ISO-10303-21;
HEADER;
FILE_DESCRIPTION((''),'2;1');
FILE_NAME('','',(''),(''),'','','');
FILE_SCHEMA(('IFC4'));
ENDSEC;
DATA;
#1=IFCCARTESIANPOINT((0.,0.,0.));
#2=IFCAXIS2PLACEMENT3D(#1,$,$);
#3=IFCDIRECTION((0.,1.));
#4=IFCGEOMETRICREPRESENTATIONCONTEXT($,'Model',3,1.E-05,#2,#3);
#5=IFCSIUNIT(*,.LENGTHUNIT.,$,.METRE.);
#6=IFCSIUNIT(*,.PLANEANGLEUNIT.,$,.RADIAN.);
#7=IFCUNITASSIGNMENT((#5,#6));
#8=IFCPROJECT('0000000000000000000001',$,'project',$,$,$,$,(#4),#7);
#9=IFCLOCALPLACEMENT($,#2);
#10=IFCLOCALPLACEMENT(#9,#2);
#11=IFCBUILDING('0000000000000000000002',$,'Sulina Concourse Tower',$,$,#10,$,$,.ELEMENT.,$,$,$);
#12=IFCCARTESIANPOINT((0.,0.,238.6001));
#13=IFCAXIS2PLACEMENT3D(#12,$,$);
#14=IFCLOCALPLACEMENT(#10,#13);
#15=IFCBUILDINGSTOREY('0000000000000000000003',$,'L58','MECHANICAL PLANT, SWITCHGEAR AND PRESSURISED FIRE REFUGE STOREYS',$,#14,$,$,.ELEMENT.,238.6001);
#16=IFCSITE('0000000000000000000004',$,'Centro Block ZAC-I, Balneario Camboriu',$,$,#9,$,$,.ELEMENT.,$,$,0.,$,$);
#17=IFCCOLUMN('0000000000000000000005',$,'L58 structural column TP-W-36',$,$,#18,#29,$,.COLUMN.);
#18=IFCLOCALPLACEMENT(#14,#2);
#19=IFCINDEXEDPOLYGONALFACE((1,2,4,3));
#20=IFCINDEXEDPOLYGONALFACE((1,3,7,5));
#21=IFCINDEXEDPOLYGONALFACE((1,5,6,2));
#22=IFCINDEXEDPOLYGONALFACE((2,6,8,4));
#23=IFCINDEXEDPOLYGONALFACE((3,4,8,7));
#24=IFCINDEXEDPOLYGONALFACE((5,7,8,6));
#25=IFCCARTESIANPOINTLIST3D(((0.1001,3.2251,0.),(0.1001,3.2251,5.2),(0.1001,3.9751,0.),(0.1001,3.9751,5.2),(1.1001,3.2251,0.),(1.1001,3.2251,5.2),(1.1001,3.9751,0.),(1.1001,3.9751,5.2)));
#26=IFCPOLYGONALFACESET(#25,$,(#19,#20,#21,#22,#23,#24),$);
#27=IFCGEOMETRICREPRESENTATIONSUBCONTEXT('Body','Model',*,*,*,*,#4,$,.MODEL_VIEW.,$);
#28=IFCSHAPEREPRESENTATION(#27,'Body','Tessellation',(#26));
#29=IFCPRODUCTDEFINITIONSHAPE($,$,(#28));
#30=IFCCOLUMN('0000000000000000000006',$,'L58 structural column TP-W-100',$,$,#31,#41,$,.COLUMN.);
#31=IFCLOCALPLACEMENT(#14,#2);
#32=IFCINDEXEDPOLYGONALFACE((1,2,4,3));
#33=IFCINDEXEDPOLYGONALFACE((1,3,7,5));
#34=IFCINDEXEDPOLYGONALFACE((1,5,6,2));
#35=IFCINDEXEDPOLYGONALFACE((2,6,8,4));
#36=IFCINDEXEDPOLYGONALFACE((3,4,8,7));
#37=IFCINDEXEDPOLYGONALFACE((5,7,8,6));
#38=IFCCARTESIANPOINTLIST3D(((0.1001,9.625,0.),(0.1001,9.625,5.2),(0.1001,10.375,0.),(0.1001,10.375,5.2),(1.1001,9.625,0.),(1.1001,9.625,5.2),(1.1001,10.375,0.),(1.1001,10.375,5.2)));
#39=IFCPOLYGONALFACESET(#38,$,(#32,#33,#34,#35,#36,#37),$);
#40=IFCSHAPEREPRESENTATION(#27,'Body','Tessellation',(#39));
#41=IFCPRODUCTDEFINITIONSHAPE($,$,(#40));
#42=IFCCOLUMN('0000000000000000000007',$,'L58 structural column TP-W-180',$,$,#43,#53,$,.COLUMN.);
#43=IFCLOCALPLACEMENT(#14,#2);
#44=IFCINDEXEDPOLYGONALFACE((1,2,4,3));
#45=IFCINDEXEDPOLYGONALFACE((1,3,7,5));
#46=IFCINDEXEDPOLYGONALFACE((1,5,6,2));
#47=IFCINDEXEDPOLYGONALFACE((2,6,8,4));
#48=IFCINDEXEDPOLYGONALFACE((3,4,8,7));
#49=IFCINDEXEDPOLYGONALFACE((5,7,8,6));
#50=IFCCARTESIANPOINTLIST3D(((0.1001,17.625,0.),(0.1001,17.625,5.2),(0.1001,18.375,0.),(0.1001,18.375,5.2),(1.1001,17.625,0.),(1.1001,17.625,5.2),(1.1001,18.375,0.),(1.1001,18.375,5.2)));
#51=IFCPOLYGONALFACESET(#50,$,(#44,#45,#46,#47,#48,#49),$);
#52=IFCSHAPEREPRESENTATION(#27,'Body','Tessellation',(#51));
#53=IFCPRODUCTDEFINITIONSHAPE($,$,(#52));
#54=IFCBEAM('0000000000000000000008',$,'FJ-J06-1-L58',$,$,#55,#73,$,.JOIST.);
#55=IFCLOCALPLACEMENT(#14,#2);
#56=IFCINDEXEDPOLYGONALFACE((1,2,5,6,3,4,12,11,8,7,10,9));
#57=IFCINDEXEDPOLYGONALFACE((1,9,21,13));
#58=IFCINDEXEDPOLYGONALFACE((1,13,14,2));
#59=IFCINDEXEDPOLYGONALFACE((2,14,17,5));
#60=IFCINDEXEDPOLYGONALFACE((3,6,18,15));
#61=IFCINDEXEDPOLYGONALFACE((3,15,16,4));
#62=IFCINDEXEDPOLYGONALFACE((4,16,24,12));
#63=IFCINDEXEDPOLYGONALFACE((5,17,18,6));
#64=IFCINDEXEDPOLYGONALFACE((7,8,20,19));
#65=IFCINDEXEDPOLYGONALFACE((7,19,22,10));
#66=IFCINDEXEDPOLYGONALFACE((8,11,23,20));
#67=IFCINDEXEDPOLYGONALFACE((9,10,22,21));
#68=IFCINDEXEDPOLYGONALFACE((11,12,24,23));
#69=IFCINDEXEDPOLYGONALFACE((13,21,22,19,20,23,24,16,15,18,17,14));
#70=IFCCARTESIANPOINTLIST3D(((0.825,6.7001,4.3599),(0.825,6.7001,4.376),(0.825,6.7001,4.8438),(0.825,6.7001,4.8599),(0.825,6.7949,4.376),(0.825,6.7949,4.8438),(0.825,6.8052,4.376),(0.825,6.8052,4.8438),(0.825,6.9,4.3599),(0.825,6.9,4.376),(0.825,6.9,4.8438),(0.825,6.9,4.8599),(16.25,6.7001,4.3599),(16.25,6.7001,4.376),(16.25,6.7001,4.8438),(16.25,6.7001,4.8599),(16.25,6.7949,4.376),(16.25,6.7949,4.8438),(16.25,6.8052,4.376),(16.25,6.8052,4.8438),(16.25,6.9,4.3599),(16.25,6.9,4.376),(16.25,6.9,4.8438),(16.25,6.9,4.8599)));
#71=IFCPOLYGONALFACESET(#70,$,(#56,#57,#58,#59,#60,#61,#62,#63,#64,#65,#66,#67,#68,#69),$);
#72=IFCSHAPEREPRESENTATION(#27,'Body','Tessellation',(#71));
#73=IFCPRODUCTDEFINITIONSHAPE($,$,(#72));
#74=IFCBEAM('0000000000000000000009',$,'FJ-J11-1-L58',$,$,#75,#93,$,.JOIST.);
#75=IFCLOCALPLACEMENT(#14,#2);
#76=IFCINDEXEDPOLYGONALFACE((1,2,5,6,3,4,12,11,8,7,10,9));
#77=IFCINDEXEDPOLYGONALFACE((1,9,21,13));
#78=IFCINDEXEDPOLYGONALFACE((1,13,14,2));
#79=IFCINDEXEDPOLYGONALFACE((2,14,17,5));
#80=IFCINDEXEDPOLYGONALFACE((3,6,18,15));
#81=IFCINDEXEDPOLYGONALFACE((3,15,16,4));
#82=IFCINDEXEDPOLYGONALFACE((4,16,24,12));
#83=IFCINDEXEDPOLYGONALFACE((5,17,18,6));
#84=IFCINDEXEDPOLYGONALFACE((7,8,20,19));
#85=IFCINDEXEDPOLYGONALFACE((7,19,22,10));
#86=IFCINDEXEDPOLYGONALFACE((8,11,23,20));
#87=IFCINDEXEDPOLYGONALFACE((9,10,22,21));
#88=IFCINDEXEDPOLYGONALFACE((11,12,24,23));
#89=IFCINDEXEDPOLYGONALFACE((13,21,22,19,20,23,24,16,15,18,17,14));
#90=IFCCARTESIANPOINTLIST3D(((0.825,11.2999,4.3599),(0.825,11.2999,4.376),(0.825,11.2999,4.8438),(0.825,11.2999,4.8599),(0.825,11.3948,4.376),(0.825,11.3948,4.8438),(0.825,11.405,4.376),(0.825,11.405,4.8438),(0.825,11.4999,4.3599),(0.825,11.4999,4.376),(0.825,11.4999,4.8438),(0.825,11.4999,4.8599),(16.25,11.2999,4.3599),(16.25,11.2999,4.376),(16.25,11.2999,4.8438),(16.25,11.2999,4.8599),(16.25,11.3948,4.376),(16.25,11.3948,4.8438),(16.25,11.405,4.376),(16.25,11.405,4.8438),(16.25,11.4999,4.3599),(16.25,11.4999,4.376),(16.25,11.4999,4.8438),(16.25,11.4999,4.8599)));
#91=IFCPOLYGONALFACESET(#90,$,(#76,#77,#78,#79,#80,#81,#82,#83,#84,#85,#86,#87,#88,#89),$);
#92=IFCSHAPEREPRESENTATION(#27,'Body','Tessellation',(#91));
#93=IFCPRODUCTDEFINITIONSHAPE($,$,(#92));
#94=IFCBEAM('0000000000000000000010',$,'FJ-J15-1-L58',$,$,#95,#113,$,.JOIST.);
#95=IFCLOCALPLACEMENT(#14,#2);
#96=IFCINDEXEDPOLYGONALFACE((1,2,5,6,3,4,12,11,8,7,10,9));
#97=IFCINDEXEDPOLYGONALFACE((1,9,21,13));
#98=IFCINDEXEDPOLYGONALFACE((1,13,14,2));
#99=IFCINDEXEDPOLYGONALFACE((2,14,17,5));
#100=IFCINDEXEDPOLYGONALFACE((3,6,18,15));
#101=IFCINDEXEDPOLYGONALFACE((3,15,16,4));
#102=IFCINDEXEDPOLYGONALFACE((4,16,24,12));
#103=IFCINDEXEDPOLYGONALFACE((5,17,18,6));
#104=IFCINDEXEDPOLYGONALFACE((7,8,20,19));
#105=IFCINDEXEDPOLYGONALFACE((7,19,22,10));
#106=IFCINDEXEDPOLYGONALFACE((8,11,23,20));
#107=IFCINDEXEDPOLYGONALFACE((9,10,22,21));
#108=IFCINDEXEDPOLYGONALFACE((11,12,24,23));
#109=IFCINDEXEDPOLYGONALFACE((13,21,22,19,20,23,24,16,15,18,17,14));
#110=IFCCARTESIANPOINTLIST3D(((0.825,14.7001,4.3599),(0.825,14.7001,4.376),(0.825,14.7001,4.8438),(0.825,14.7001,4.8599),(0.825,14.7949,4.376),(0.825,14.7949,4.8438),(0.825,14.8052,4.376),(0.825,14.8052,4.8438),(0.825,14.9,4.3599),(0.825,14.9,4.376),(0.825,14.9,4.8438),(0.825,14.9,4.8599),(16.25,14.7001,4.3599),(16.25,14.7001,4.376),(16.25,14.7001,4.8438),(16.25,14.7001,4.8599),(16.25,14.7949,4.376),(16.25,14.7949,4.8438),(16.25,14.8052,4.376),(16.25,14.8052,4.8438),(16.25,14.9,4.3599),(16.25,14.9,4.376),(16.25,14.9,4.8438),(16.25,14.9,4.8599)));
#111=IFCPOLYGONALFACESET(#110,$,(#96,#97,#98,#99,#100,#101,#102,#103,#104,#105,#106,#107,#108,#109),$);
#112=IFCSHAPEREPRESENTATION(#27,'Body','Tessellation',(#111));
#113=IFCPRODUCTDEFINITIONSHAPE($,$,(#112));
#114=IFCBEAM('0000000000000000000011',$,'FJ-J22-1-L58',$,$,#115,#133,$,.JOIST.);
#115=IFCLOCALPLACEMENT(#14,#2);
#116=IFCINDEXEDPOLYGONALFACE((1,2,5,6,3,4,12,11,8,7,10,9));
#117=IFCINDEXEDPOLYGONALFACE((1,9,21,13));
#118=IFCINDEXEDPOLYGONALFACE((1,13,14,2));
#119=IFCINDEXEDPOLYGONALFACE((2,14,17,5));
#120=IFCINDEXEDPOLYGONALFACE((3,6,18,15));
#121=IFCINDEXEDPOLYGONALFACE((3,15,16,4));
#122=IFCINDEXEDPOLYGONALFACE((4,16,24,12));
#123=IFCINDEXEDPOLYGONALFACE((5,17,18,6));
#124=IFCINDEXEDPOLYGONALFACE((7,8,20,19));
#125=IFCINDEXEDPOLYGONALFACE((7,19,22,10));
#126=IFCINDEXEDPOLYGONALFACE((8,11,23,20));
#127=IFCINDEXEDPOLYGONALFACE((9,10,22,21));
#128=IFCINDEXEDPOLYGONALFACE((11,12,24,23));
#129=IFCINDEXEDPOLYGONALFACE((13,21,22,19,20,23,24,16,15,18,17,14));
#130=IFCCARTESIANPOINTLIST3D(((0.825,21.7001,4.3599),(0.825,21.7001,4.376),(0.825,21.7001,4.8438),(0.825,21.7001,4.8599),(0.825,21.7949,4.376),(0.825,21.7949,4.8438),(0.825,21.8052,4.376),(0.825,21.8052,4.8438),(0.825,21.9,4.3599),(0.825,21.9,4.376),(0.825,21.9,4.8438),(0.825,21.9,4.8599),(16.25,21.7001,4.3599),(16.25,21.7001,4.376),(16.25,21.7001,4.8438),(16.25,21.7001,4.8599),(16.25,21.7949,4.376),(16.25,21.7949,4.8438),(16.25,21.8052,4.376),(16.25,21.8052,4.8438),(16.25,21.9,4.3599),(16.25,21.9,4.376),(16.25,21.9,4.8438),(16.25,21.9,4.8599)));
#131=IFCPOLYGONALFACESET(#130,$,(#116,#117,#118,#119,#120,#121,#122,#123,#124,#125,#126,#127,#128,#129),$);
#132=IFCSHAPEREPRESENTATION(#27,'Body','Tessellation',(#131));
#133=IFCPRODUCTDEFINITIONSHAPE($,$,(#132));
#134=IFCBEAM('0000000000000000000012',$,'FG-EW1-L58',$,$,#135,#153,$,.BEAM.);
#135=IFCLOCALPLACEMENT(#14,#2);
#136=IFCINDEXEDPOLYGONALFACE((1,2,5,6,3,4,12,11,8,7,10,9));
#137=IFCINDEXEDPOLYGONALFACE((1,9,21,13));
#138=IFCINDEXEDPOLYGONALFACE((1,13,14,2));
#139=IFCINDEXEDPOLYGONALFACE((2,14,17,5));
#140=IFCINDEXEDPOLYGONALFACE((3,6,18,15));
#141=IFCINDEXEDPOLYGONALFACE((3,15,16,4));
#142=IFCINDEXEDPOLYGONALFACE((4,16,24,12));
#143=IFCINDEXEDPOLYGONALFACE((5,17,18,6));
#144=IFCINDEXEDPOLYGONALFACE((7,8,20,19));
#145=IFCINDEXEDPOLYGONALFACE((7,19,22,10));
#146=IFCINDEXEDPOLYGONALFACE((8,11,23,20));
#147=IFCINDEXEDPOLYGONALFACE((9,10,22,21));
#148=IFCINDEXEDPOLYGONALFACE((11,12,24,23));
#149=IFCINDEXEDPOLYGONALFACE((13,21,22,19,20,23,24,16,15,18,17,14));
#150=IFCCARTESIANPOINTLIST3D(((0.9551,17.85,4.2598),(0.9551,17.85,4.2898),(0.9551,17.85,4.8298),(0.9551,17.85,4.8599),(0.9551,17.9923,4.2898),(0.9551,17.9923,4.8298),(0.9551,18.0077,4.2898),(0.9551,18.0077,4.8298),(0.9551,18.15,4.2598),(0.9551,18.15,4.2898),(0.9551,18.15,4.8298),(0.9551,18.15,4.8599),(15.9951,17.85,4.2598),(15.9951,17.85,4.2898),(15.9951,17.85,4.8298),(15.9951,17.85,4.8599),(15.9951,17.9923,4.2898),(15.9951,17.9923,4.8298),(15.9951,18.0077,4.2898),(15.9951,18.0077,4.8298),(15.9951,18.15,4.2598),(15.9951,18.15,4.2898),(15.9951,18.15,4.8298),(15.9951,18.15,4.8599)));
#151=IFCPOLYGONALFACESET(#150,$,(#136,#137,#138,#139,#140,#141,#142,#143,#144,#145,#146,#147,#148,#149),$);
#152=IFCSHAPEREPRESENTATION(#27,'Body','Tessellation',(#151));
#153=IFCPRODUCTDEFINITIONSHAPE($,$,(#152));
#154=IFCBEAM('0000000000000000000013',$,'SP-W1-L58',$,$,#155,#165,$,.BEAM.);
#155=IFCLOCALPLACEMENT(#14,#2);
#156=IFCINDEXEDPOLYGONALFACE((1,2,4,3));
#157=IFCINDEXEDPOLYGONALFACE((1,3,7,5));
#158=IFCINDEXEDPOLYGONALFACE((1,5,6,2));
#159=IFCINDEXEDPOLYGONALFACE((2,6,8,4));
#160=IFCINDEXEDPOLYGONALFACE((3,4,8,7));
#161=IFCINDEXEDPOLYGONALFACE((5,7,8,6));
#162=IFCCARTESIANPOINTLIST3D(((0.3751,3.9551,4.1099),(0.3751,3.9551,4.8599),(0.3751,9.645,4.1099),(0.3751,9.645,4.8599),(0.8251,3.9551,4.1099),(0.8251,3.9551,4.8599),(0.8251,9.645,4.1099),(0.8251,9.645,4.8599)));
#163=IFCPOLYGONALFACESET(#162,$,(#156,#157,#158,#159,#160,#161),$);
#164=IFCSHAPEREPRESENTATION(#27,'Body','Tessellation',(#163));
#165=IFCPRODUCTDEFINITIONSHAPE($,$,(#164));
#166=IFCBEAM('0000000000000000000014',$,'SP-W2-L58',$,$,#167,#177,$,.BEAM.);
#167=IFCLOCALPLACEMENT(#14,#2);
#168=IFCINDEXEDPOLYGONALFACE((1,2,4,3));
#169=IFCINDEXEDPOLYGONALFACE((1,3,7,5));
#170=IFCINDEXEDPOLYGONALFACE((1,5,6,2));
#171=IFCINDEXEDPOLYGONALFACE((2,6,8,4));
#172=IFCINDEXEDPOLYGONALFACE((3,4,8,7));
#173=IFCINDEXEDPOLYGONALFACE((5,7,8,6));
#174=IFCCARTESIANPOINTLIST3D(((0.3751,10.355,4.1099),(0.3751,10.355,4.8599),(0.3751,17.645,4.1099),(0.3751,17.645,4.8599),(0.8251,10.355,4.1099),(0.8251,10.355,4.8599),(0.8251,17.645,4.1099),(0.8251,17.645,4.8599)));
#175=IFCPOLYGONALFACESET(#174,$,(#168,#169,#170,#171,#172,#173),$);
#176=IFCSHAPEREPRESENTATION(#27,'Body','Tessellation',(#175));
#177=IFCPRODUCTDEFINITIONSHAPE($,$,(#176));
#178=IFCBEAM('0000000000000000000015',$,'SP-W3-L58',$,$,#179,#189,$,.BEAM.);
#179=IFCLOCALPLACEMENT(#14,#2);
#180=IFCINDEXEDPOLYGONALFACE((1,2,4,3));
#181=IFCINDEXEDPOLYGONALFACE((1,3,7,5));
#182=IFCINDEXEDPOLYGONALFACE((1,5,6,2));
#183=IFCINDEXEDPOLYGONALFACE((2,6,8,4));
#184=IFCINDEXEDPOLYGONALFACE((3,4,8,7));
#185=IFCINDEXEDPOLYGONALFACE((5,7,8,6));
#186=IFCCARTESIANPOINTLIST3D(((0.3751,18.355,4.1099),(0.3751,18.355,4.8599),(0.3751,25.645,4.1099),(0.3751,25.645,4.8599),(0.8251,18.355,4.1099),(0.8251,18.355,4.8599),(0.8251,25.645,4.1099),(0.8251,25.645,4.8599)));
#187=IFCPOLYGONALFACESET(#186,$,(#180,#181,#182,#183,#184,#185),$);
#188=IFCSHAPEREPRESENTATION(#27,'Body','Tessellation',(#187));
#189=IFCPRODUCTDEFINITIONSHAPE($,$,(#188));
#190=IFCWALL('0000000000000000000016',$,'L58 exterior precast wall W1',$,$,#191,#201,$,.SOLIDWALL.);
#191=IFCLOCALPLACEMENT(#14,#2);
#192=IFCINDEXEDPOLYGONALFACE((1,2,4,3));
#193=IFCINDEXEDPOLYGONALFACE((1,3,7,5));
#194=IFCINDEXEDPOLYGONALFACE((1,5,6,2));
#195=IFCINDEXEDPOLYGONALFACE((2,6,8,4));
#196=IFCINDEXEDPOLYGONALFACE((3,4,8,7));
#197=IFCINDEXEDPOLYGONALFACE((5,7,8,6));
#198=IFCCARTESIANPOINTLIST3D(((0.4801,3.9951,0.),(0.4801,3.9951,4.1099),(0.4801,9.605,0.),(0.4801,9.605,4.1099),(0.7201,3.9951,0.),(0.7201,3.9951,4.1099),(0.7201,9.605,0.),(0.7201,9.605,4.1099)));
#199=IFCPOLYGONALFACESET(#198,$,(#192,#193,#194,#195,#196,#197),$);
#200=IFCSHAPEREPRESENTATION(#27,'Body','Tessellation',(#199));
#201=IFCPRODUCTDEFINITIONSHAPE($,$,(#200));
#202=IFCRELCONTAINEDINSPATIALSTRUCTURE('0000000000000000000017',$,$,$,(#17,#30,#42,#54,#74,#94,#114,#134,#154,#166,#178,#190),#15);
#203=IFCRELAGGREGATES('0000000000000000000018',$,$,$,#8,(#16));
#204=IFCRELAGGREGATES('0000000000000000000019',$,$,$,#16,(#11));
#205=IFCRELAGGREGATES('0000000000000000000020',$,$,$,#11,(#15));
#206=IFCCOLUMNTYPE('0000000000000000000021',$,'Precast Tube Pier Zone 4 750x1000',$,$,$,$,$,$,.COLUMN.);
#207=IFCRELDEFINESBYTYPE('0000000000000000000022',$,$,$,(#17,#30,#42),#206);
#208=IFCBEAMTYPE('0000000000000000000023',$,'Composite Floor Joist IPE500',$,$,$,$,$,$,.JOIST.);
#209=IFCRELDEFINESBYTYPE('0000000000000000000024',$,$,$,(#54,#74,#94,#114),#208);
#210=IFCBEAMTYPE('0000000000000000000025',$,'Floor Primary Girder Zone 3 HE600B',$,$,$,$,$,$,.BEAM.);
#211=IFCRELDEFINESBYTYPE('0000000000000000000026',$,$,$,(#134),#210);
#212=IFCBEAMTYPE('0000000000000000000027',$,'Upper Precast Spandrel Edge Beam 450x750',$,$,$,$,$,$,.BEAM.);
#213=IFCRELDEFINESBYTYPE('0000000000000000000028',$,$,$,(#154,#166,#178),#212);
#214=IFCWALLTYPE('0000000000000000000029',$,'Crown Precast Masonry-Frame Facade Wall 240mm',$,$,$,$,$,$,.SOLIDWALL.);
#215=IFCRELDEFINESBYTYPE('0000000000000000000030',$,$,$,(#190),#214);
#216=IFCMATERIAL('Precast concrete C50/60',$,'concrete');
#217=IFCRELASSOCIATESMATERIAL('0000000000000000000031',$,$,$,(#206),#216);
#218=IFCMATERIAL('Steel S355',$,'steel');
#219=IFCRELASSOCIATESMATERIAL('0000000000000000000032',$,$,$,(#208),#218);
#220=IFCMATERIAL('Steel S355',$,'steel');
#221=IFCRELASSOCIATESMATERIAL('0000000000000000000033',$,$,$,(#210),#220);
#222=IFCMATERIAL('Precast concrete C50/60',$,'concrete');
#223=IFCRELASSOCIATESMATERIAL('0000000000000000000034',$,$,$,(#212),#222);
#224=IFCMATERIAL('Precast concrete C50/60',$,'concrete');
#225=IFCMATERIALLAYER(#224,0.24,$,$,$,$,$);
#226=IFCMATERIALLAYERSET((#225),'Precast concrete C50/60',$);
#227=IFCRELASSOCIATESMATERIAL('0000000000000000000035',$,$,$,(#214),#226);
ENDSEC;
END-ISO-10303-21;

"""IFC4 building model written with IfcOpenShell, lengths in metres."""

from ifc_helpers import new_model, si_unit, direction, frame, frame_2d, origin, origin_2d, place, context, subcontext, project, spatial, rectangle, i_section, extrude, material, layer, layer_set, material_profile, profile_set, type_object, element, save


model = new_model("IFC4")

# Units and contexts
model_context = context("Model", 3, precision=1e-05, world=origin(), true_north=direction((0.0, 1.0)))
body_context = subcontext(model_context, "Body", "Model", "MODEL_VIEW")
ifc_project = project(units=[si_unit("LENGTHUNIT", "METRE"), si_unit("PLANEANGLEUNIT", "RADIAN")], contexts=[model_context])

# Site, building, storey
site_placement = place(None, origin())
site = spatial("IfcSite", under=ifc_project, at=site_placement, Name="Centro Block ZAC-I, Balneario Camboriu", CompositionType="ELEMENT", RefElevation=0.0)
building_placement = place(site_placement, origin())
building = spatial("IfcBuilding", under=site, at=building_placement, Name="Sulina Concourse Tower", CompositionType="ELEMENT")
storey_placement = place(building_placement, frame((0.0, 0.0, 238.6001)))
storey = spatial("IfcBuildingStorey", under=building, at=storey_placement, Name="L58", Description="MECHANICAL PLANT, SWITCHGEAR AND PRESSURISED FIRE REFUGE STOREYS", CompositionType="ELEMENT", Elevation=238.6001)

# Columns
ifc_material_1 = material(Name="Precast concrete C50/60", Category="concrete")
ifc_material_profile_1 = material_profile(ifc_material_1, rectangle(XDim=0.75, YDim=1.0, at=origin_2d()), Name="PC 750x1000")
ifc_profile_set_1 = profile_set([ifc_material_profile_1], Name="Precast concrete C50/60")
column_type = type_object("IfcColumnType", Name="Precast Tube Pier Zone 4 750x1000", PredefinedType="COLUMN", material=ifc_profile_set_1)
for number, where, z_axis, x_axis, name in (
    (1, (0.6001, 3.6001, 0.0), (0.0, 0.0, 1.0), (0.0, 1.0, 0.0), "L58 structural column TP-W-36"),
    (2, (0.6001, 10.0, 0.0), (0.0, 0.0, 1.0), (0.0, 1.0, 0.0), "L58 structural column TP-W-100"),
    (3, (0.6001, 18.0, 0.0), (0.0, 0.0, 1.0), (0.0, 1.0, 0.0), "L58 structural column TP-W-180"),
):
    element("IfcColumn", number, at=place(storey_placement, frame(where, z_axis=z_axis, x_axis=x_axis)), inside=storey, type_object=column_type, Name=name, PredefinedType="COLUMN", context=body_context, shape_type="SweptSolid", body=[
        extrude(rectangle(XDim=0.75, YDim=1.0, at=origin_2d()), origin(), (0.0, 0.0, 1.0), 5.2),
    ])

# Beams
ifc_material_2 = material(Name="Steel S355", Category="steel")
ifc_material_profile_2 = material_profile(ifc_material_2, i_section(OverallWidth=0.2, OverallDepth=0.5, WebThickness=0.0103, FlangeThickness=0.0161, at=origin_2d()), Name="IPE 500")
ifc_profile_set_2 = profile_set([ifc_material_profile_2], Name="Steel S355")
beam_type_1 = type_object("IfcBeamType", Name="Composite Floor Joist IPE500", PredefinedType="JOIST", material=ifc_profile_set_2)
for number, where, z_axis, x_axis, name in (
    (4, (0.825, 6.8, 4.6099), (1.0, 0.0, 0.0), (0.0, 1.0, 0.0), "FJ-J06-1-L58"),
    (5, (0.825, 11.3999, 4.6099), (1.0, 0.0, 0.0), (0.0, 1.0, 0.0), "FJ-J11-1-L58"),
    (6, (0.825, 14.8, 4.6099), (1.0, 0.0, 0.0), (0.0, 1.0, 0.0), "FJ-J15-1-L58"),
    (7, (0.825, 21.8, 4.6099), (1.0, 0.0, 0.0), (0.0, 1.0, 0.0), "FJ-J22-1-L58"),
):
    element("IfcBeam", number, at=place(storey_placement, frame(where, z_axis=z_axis, x_axis=x_axis)), inside=storey, type_object=beam_type_1, Name=name, PredefinedType="JOIST", context=body_context, shape_type="SweptSolid", body=[
        extrude(i_section(OverallWidth=0.2, OverallDepth=0.5, WebThickness=0.0103, FlangeThickness=0.0161, at=origin_2d()), origin(), (0.0, 0.0, 1.0), 15.425),
    ])
ifc_material_3 = material(Name="Steel S355", Category="steel")
ifc_material_profile_3 = material_profile(ifc_material_3, i_section(OverallWidth=0.3, OverallDepth=0.6001, WebThickness=0.0154, FlangeThickness=0.03, at=origin_2d()), Name="HE 600 B")
ifc_profile_set_3 = profile_set([ifc_material_profile_3], Name="Steel S355")
beam_type_2 = type_object("IfcBeamType", Name="Floor Primary Girder Zone 3 HE600B", PredefinedType="BEAM", material=ifc_profile_set_3)
beam_1_placement = place(storey_placement, frame((0.9551, 18.0, 4.5598), z_axis=(1.0, 0.0, 0.0), x_axis=(0.0, 1.0, 0.0)))
element("IfcBeam", 8, at=beam_1_placement, inside=storey, type_object=beam_type_2, Name="FG-EW1-L58", PredefinedType="BEAM", context=body_context, shape_type="SweptSolid", body=[
    extrude(i_section(OverallWidth=0.3, OverallDepth=0.6001, WebThickness=0.0154, FlangeThickness=0.03, at=origin_2d()), origin(), (0.0, 0.0, 1.0), 15.04),
])
ifc_material_4 = material(Name="Precast concrete C50/60", Category="concrete")
ifc_material_profile_4 = material_profile(ifc_material_4, rectangle(XDim=0.45, YDim=0.75, at=origin_2d()), Name="RC 450x750")
ifc_profile_set_4 = profile_set([ifc_material_profile_4], Name="Precast concrete C50/60")
beam_type_3 = type_object("IfcBeamType", Name="Upper Precast Spandrel Edge Beam 450x750", PredefinedType="BEAM", material=ifc_profile_set_4)
beam_2_placement = place(storey_placement, frame((0.6001, 3.9551, 4.4849), z_axis=(0.0, 1.0, 0.0), x_axis=(-1.0, 0.0, 0.0)))
element("IfcBeam", 9, at=beam_2_placement, inside=storey, type_object=beam_type_3, Name="SP-W1-L58", PredefinedType="BEAM", context=body_context, shape_type="SweptSolid", body=[
    extrude(rectangle(XDim=0.45, YDim=0.75, at=origin_2d()), origin(), (0.0, 0.0, 1.0), 5.6899),
])
for number, where, z_axis, x_axis, name in (
    (10, (0.6001, 10.355, 4.4849), (0.0, 1.0, 0.0), (-1.0, 0.0, 0.0), "SP-W2-L58"),
    (11, (0.6001, 18.355, 4.4849), (0.0, 1.0, 0.0), (-1.0, 0.0, 0.0), "SP-W3-L58"),
):
    element("IfcBeam", number, at=place(storey_placement, frame(where, z_axis=z_axis, x_axis=x_axis)), inside=storey, type_object=beam_type_3, Name=name, PredefinedType="BEAM", context=body_context, shape_type="SweptSolid", body=[
        extrude(rectangle(XDim=0.45, YDim=0.75, at=origin_2d()), origin(), (0.0, 0.0, 1.0), 7.29),
    ])

# Wall
ifc_material_5 = material(Name="Precast concrete C50/60", Category="concrete")
ifc_layer_1 = layer(ifc_material_5, 0.24)
ifc_layer_set_1 = layer_set([ifc_layer_1], Name="Precast concrete C50/60")
wall_type_1 = type_object("IfcWallType", Name="Crown Precast Masonry-Frame Facade Wall 240mm", PredefinedType="SOLIDWALL", material=ifc_layer_set_1)
wall_1_placement = place(storey_placement, frame((0.6001, 3.9951, 0.0), z_axis=(0.0, 0.0, 1.0), x_axis=(0.0, 1.0, 0.0)))
element("IfcWall", 12, at=wall_1_placement, inside=storey, type_object=wall_type_1, Name="L58 exterior precast wall W1", PredefinedType="SOLIDWALL", context=body_context, shape_type="SweptSolid", body=[
    extrude(rectangle(XDim=5.6099, YDim=0.24, at=frame_2d((2.8049, 0.0))), origin(), (0.0, 0.0, 1.0), 4.1099),
])

save(model, "model.ifc")
